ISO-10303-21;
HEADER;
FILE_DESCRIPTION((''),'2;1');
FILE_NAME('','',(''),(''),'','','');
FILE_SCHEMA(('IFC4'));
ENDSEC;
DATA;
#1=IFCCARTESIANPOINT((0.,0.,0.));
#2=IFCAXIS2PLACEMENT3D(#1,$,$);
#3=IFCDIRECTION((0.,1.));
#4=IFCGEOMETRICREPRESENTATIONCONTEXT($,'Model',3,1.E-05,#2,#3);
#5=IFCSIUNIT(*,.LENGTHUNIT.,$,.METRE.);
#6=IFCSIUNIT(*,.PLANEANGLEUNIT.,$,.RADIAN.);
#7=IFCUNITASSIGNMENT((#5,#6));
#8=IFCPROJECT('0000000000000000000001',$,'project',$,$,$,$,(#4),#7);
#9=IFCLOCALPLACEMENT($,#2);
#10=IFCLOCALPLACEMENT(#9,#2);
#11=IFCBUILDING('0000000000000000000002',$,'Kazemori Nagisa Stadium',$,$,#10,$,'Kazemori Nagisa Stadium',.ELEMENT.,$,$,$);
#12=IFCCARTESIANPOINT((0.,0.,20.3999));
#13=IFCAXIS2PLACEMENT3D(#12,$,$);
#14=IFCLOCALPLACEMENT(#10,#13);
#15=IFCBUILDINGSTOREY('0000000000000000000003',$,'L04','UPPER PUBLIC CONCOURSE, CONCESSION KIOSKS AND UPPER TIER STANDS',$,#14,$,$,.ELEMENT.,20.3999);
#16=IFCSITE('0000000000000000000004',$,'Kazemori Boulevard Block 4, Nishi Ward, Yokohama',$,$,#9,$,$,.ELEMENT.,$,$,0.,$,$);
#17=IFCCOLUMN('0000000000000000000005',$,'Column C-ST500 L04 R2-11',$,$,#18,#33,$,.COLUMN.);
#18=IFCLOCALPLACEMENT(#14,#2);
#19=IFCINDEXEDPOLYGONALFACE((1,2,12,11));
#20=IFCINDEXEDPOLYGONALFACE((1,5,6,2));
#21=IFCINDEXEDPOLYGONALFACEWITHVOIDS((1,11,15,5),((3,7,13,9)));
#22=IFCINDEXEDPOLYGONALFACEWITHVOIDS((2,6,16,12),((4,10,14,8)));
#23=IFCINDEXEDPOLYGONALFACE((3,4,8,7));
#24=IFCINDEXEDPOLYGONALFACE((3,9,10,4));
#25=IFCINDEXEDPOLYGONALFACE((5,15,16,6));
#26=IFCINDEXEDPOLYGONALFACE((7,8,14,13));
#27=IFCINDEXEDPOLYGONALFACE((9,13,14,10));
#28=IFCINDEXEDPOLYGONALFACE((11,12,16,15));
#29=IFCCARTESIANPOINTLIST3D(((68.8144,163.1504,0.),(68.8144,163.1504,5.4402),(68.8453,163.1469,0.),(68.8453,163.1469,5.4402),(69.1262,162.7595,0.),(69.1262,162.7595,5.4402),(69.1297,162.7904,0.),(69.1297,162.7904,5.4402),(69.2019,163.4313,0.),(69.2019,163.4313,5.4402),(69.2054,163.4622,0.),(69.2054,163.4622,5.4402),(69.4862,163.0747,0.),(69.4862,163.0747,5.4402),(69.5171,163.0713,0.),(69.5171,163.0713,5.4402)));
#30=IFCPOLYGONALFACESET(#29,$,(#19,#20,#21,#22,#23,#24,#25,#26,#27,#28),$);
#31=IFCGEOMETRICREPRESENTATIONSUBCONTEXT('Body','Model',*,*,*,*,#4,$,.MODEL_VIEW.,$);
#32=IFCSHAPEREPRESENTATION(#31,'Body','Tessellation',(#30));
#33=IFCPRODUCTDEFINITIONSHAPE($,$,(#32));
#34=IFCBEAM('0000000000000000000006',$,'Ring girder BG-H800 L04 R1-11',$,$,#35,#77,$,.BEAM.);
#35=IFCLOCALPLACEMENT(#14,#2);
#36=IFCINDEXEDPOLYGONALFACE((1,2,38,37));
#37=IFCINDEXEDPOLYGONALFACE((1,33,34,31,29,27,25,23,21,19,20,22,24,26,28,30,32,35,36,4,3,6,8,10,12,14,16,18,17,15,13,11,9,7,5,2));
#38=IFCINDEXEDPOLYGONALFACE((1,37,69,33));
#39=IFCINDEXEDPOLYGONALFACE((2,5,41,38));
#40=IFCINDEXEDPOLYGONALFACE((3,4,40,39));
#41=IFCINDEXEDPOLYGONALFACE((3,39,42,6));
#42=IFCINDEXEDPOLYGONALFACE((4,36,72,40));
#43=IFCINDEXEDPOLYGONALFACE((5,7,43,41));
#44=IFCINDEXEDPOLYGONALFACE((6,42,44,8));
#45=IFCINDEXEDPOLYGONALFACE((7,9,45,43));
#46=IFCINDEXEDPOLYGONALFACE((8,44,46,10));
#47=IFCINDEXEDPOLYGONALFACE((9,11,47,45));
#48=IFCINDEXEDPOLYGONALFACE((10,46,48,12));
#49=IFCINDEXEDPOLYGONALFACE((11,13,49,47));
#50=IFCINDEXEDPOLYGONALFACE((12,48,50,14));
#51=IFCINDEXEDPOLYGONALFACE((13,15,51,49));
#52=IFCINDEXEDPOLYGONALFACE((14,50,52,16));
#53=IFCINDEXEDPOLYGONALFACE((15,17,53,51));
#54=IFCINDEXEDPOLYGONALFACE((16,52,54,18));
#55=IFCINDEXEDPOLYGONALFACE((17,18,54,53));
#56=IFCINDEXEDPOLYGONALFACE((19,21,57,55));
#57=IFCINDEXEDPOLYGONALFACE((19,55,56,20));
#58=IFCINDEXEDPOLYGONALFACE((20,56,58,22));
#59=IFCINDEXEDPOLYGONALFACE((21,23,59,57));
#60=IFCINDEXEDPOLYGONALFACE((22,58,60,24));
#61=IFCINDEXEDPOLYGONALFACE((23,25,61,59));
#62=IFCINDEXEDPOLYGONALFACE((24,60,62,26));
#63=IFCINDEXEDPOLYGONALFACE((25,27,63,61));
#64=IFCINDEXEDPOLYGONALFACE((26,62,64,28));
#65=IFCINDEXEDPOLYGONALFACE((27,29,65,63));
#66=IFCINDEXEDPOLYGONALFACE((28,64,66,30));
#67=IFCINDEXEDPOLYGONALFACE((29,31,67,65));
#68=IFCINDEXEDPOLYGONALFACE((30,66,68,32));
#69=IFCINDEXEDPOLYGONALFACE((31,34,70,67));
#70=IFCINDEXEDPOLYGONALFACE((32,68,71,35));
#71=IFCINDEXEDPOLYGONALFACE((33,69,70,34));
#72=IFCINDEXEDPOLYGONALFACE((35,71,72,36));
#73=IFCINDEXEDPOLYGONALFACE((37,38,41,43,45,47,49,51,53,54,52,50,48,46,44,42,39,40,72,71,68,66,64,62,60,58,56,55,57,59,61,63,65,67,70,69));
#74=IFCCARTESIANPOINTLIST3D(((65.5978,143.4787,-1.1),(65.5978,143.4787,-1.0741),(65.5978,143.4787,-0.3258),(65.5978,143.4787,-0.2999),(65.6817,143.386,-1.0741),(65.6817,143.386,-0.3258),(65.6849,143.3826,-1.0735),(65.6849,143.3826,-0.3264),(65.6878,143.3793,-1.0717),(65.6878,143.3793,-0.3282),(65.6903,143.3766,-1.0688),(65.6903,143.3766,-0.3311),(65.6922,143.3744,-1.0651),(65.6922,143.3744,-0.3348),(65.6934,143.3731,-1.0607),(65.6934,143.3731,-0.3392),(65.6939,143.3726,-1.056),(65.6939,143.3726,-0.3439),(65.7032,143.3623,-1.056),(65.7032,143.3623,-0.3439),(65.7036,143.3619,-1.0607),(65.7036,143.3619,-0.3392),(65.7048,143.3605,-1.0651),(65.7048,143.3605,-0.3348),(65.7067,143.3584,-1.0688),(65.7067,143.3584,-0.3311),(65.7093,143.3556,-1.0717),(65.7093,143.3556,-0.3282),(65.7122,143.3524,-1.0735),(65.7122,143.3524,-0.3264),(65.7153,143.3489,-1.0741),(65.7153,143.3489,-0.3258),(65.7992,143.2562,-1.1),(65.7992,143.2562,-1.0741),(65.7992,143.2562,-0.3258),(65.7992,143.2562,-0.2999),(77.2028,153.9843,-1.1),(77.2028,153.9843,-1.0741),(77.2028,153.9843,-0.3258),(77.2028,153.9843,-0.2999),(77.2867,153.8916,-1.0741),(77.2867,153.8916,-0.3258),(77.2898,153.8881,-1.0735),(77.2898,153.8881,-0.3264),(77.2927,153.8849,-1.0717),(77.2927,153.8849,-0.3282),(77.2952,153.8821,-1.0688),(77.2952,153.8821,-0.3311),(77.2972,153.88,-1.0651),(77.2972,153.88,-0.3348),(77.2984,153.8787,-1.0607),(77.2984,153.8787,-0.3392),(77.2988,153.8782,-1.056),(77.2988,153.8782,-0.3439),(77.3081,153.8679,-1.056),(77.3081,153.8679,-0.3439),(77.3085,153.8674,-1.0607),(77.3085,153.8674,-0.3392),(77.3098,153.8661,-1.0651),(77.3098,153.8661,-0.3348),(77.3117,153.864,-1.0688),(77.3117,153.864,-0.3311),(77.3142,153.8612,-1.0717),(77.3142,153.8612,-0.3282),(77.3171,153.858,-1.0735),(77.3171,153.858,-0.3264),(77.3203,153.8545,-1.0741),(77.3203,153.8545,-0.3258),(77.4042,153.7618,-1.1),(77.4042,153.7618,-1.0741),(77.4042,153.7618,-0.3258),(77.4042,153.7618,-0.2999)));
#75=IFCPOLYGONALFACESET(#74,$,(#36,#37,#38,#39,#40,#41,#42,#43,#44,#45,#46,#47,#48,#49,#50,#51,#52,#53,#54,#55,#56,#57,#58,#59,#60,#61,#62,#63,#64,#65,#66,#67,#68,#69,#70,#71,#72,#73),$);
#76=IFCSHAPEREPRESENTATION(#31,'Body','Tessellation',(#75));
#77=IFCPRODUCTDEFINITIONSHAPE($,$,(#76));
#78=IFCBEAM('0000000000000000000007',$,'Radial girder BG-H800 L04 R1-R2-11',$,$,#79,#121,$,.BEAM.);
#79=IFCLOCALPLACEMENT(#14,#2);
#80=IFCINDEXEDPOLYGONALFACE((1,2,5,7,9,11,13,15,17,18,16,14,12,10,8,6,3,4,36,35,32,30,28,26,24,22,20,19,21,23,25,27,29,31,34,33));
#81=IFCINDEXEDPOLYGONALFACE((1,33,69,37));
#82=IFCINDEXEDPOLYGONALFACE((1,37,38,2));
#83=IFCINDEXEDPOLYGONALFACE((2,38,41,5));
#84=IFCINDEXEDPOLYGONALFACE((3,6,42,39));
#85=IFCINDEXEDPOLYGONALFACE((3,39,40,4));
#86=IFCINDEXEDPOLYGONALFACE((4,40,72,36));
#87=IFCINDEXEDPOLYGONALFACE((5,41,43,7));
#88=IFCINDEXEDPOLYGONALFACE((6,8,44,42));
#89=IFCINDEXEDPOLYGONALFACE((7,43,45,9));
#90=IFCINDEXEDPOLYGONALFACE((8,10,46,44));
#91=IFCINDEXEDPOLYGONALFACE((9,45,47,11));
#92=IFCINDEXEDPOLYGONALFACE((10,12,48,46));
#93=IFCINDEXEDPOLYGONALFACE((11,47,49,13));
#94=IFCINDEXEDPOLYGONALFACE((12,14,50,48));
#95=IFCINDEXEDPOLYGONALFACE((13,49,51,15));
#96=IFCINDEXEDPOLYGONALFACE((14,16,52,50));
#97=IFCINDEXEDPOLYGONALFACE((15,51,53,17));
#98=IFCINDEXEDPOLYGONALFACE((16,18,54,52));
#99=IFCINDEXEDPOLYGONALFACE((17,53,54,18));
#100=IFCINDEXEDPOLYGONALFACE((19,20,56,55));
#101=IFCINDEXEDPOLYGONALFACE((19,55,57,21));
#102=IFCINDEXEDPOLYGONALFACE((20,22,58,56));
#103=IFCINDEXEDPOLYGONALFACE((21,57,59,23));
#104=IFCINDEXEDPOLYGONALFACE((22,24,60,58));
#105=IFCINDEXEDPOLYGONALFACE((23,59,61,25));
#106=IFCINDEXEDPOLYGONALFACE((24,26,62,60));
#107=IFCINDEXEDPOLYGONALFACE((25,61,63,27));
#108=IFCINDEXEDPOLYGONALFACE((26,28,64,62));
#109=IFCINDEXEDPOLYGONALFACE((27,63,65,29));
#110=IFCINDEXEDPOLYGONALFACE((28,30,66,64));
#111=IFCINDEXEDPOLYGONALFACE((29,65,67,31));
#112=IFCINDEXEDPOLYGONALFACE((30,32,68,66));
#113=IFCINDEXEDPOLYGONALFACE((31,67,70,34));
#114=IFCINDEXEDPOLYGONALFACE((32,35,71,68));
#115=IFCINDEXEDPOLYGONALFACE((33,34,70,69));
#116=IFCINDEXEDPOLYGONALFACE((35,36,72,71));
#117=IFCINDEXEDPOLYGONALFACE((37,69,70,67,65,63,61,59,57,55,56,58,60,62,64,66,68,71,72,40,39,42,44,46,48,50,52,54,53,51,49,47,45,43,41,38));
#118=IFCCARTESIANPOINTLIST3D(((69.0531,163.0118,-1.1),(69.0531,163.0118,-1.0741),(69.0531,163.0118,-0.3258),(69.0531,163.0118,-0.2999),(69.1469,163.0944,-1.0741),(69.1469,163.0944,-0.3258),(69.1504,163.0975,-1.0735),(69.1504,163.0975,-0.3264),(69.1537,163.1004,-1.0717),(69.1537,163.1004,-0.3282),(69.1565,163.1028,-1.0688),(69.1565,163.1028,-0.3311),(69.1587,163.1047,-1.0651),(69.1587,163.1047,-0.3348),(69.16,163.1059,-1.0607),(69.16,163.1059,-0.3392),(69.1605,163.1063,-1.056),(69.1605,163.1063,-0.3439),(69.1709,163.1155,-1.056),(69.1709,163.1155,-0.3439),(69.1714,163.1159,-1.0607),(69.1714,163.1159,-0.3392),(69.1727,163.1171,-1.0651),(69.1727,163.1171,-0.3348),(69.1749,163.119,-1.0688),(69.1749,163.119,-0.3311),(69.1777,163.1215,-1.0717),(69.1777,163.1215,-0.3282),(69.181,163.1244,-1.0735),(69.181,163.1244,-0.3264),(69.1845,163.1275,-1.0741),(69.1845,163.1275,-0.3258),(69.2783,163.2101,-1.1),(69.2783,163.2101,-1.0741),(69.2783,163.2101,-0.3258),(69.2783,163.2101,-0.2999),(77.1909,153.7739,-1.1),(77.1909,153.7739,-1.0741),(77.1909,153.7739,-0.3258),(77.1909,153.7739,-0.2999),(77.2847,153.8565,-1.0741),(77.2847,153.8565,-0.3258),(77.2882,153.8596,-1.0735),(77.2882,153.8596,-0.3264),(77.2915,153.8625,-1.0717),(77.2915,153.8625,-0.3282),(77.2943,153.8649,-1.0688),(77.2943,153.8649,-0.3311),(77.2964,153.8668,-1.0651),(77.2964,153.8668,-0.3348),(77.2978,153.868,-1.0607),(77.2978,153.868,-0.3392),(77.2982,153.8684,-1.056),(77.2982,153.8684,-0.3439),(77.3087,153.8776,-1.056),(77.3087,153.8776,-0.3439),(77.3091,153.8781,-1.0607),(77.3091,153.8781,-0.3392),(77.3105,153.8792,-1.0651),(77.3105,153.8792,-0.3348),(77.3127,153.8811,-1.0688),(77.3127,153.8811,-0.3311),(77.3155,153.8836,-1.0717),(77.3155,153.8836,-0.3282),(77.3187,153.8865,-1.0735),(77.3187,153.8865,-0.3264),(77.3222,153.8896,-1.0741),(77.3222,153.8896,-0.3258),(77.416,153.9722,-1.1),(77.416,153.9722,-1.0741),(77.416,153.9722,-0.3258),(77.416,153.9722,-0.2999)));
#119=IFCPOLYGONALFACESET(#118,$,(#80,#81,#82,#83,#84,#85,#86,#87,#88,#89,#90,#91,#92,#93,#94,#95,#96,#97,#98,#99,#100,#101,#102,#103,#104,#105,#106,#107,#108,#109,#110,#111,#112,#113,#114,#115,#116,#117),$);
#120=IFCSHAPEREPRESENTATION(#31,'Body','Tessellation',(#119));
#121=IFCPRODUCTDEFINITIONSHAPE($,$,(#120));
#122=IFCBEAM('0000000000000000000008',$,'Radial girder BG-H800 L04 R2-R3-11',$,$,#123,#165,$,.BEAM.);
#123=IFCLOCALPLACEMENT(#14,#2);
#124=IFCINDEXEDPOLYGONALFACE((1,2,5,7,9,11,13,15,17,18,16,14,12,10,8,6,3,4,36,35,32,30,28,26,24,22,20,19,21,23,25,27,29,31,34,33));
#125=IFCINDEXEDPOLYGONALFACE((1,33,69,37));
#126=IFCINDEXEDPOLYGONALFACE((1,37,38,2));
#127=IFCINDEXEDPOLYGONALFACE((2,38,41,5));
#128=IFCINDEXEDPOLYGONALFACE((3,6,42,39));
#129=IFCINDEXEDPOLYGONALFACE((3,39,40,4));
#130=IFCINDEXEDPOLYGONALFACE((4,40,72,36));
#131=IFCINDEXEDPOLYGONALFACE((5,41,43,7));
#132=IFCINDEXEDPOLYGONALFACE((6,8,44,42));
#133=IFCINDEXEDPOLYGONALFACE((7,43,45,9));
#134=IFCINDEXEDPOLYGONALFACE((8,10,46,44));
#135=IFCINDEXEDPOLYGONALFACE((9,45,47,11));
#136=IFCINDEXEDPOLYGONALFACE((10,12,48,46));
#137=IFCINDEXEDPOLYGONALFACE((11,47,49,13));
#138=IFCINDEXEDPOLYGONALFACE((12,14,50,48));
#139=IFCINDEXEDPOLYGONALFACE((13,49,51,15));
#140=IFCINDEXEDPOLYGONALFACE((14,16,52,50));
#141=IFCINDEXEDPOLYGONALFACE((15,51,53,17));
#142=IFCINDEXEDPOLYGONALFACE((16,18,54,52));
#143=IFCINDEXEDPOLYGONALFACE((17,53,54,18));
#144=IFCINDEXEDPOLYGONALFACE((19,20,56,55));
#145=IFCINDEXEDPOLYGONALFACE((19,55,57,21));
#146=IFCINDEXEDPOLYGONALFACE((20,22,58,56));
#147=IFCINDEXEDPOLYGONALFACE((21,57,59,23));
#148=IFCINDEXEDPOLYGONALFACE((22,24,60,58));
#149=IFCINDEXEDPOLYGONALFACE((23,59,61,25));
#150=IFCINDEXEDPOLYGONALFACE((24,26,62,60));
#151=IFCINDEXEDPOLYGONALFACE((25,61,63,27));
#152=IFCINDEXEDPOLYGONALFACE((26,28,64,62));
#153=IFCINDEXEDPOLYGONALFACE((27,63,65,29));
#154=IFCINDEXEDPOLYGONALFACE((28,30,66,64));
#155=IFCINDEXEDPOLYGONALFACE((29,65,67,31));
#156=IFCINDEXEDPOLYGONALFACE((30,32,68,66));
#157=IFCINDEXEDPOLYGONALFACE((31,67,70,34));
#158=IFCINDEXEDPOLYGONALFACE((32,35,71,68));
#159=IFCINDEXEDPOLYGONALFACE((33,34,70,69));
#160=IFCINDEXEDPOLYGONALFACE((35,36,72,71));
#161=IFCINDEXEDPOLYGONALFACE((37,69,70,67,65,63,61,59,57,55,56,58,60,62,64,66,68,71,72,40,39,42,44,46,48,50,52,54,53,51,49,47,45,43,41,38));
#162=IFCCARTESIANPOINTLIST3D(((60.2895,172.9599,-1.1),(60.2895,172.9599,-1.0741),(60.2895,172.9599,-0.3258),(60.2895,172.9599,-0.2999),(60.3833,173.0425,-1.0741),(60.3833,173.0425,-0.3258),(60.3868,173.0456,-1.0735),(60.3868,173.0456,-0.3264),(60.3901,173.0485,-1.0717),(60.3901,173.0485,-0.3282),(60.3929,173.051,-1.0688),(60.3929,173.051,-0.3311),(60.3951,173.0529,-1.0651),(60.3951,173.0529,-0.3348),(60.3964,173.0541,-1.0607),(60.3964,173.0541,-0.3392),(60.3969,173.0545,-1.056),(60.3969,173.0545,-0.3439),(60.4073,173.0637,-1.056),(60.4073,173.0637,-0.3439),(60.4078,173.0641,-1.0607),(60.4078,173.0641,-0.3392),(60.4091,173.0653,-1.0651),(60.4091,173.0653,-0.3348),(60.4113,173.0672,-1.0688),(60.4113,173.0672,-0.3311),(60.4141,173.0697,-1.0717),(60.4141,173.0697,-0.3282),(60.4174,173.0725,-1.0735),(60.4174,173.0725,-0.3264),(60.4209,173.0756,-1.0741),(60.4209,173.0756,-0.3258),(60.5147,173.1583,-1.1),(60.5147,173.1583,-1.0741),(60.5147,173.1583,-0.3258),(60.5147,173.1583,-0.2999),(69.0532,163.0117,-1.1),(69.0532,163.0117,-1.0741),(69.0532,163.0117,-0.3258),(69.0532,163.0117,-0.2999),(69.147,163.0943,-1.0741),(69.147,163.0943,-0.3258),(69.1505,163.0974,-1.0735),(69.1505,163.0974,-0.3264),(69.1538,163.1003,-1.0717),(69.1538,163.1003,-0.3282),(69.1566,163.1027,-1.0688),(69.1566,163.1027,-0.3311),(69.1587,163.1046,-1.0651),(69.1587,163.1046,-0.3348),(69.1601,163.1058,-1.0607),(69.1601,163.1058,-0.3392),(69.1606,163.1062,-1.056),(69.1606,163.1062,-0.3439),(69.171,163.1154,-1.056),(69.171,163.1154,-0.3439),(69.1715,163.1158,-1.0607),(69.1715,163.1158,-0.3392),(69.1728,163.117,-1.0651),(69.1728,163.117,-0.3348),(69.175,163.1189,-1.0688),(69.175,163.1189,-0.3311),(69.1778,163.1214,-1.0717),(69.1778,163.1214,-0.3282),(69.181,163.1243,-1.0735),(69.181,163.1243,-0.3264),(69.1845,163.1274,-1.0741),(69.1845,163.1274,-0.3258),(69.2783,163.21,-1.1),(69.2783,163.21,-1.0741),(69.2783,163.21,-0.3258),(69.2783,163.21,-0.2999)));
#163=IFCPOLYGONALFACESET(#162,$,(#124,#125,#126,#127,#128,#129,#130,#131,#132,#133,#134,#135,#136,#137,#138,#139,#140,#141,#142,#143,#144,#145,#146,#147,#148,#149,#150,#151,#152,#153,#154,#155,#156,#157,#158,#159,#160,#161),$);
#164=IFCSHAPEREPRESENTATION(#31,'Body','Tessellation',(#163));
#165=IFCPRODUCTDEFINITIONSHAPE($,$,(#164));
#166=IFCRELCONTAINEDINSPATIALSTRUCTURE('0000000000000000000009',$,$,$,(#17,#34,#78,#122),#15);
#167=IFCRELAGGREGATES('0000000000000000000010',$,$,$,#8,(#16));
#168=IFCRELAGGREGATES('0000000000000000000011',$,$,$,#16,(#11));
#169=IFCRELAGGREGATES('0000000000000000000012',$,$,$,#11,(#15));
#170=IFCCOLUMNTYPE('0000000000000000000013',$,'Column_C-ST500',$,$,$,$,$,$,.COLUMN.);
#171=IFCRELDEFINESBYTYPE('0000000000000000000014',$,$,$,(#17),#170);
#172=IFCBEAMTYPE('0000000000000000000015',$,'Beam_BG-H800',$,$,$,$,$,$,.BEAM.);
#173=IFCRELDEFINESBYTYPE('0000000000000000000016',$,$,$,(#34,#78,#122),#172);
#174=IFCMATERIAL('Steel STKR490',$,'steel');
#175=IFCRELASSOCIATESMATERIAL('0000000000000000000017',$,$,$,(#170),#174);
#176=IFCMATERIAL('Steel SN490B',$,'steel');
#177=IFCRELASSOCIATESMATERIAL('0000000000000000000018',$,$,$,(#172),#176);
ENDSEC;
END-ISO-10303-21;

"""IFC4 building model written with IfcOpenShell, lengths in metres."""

from ifc_helpers import new_model, si_unit, direction, frame, origin, origin_2d, place, context, subcontext, project, spatial, hollow_rectangle, i_section, extrude, material, material_profile, profile_set, type_object, element, save


model = new_model("IFC4")

# Units and contexts
model_context = context("Model", 3, precision=1e-05, world=origin(), true_north=direction((0.0, 1.0)))
body_context = subcontext(model_context, "Body", "Model", "MODEL_VIEW")
ifc_project = project(units=[si_unit("LENGTHUNIT", "METRE"), si_unit("PLANEANGLEUNIT", "RADIAN")], contexts=[model_context])

# Site, building, storey
site_placement = place(None, origin())
site = spatial("IfcSite", under=ifc_project, at=site_placement, Name="Kazemori Boulevard Block 4, Nishi Ward, Yokohama", CompositionType="ELEMENT", RefElevation=0.0)
building_placement = place(site_placement, origin())
building = spatial("IfcBuilding", under=site, at=building_placement, Name="Kazemori Nagisa Stadium", LongName="Kazemori Nagisa Stadium", CompositionType="ELEMENT")
storey_placement = place(building_placement, frame((0.0, 0.0, 20.3999)))
storey = spatial("IfcBuildingStorey", under=building, at=storey_placement, Name="L04", Description="UPPER PUBLIC CONCOURSE, CONCESSION KIOSKS AND UPPER TIER STANDS", CompositionType="ELEMENT", Elevation=20.3999)

# Column
ifc_material_1 = material(Name="Steel STKR490", Category="steel")
ifc_material_profile_1 = material_profile(ifc_material_1, hollow_rectangle(XDim=0.5, YDim=0.5, WallThickness=0.022, at=origin_2d()), Name="SHS-500x500x22")
ifc_profile_set_1 = profile_set([ifc_material_profile_1], Name="Steel STKR490")
column_type = type_object("IfcColumnType", Name="Column_C-ST500", PredefinedType="COLUMN", material=ifc_profile_set_1)
column_placement = place(storey_placement, frame((69.1658, 163.1108, 0.0), z_axis=(0.0, 0.0, 1.0), x_axis=(-0.62349, 0.781831, 0.0)))
element("IfcColumn", 1, at=column_placement, inside=storey, type_object=column_type, Name="Column C-ST500 L04 R2-11", PredefinedType="COLUMN", context=body_context, shape_type="SweptSolid", body=[
    extrude(hollow_rectangle(XDim=0.5, YDim=0.5, WallThickness=0.022, at=origin_2d()), origin(), (0.0, 0.0, 1.0), 5.4402),
])

# Beams
ifc_material_2 = material(Name="Steel SN490B", Category="steel")
ifc_material_profile_2 = material_profile(ifc_material_2, i_section(OverallWidth=0.3, OverallDepth=0.8, WebThickness=0.0139, FlangeThickness=0.0259, FilletRadius=0.0181, at=origin_2d()), Name="H-800x300x14x26")
ifc_profile_set_2 = profile_set([ifc_material_profile_2], Name="Steel SN490B")
beam_type_1 = type_object("IfcBeamType", Name="Beam_BG-H800", PredefinedType="BEAM", material=ifc_profile_set_2)
beam_1_placement = place(storey_placement, frame((77.3035, 153.873, -0.7), z_axis=(-0.741349, -0.67112, 0.0), x_axis=(0.67112, -0.741349, 0.0)))
element("IfcBeam", 2, at=beam_1_placement, inside=storey, type_object=beam_type_1, Name="Ring girder BG-H800 L04 R1-11", PredefinedType="BEAM", context=body_context, shape_type="SweptSolid", body=[
    extrude(i_section(OverallWidth=0.3, OverallDepth=0.8, WebThickness=0.0139, FlangeThickness=0.0259, FilletRadius=0.0181, at=origin_2d()), origin(), (0.0, 0.0, 1.0), 15.6538),
])
beam_2_placement = place(storey_placement, frame((77.3035, 153.873, -0.7), z_axis=(-0.661014, 0.750374, 0.0), x_axis=(-0.750374, -0.661014, 0.0)))
element("IfcBeam", 3, at=beam_2_placement, inside=storey, type_object=beam_type_1, Name="Radial girder BG-H800 L04 R1-R2-11", PredefinedType="BEAM", context=body_context, shape_type="SweptSolid", body=[
    extrude(i_section(OverallWidth=0.3, OverallDepth=0.8, WebThickness=0.0139, FlangeThickness=0.0259, FilletRadius=0.0181, at=origin_2d()), origin(), (0.0, 0.0, 1.0), 12.311),
])
beam_3_placement = place(storey_placement, frame((69.1658, 163.1108, -0.7), z_axis=(-0.66102, 0.750369, 0.0), x_axis=(-0.750369, -0.66102, 0.0)))
element("IfcBeam", 4, at=beam_3_placement, inside=storey, type_object=beam_type_1, Name="Radial girder BG-H800 L04 R2-R3-11", PredefinedType="BEAM", context=body_context, shape_type="SweptSolid", body=[
    extrude(i_section(OverallWidth=0.3, OverallDepth=0.8, WebThickness=0.0139, FlangeThickness=0.0259, FilletRadius=0.0181, at=origin_2d()), origin(), (0.0, 0.0, 1.0), 13.2578),
])

save(model, "model.ifc")
